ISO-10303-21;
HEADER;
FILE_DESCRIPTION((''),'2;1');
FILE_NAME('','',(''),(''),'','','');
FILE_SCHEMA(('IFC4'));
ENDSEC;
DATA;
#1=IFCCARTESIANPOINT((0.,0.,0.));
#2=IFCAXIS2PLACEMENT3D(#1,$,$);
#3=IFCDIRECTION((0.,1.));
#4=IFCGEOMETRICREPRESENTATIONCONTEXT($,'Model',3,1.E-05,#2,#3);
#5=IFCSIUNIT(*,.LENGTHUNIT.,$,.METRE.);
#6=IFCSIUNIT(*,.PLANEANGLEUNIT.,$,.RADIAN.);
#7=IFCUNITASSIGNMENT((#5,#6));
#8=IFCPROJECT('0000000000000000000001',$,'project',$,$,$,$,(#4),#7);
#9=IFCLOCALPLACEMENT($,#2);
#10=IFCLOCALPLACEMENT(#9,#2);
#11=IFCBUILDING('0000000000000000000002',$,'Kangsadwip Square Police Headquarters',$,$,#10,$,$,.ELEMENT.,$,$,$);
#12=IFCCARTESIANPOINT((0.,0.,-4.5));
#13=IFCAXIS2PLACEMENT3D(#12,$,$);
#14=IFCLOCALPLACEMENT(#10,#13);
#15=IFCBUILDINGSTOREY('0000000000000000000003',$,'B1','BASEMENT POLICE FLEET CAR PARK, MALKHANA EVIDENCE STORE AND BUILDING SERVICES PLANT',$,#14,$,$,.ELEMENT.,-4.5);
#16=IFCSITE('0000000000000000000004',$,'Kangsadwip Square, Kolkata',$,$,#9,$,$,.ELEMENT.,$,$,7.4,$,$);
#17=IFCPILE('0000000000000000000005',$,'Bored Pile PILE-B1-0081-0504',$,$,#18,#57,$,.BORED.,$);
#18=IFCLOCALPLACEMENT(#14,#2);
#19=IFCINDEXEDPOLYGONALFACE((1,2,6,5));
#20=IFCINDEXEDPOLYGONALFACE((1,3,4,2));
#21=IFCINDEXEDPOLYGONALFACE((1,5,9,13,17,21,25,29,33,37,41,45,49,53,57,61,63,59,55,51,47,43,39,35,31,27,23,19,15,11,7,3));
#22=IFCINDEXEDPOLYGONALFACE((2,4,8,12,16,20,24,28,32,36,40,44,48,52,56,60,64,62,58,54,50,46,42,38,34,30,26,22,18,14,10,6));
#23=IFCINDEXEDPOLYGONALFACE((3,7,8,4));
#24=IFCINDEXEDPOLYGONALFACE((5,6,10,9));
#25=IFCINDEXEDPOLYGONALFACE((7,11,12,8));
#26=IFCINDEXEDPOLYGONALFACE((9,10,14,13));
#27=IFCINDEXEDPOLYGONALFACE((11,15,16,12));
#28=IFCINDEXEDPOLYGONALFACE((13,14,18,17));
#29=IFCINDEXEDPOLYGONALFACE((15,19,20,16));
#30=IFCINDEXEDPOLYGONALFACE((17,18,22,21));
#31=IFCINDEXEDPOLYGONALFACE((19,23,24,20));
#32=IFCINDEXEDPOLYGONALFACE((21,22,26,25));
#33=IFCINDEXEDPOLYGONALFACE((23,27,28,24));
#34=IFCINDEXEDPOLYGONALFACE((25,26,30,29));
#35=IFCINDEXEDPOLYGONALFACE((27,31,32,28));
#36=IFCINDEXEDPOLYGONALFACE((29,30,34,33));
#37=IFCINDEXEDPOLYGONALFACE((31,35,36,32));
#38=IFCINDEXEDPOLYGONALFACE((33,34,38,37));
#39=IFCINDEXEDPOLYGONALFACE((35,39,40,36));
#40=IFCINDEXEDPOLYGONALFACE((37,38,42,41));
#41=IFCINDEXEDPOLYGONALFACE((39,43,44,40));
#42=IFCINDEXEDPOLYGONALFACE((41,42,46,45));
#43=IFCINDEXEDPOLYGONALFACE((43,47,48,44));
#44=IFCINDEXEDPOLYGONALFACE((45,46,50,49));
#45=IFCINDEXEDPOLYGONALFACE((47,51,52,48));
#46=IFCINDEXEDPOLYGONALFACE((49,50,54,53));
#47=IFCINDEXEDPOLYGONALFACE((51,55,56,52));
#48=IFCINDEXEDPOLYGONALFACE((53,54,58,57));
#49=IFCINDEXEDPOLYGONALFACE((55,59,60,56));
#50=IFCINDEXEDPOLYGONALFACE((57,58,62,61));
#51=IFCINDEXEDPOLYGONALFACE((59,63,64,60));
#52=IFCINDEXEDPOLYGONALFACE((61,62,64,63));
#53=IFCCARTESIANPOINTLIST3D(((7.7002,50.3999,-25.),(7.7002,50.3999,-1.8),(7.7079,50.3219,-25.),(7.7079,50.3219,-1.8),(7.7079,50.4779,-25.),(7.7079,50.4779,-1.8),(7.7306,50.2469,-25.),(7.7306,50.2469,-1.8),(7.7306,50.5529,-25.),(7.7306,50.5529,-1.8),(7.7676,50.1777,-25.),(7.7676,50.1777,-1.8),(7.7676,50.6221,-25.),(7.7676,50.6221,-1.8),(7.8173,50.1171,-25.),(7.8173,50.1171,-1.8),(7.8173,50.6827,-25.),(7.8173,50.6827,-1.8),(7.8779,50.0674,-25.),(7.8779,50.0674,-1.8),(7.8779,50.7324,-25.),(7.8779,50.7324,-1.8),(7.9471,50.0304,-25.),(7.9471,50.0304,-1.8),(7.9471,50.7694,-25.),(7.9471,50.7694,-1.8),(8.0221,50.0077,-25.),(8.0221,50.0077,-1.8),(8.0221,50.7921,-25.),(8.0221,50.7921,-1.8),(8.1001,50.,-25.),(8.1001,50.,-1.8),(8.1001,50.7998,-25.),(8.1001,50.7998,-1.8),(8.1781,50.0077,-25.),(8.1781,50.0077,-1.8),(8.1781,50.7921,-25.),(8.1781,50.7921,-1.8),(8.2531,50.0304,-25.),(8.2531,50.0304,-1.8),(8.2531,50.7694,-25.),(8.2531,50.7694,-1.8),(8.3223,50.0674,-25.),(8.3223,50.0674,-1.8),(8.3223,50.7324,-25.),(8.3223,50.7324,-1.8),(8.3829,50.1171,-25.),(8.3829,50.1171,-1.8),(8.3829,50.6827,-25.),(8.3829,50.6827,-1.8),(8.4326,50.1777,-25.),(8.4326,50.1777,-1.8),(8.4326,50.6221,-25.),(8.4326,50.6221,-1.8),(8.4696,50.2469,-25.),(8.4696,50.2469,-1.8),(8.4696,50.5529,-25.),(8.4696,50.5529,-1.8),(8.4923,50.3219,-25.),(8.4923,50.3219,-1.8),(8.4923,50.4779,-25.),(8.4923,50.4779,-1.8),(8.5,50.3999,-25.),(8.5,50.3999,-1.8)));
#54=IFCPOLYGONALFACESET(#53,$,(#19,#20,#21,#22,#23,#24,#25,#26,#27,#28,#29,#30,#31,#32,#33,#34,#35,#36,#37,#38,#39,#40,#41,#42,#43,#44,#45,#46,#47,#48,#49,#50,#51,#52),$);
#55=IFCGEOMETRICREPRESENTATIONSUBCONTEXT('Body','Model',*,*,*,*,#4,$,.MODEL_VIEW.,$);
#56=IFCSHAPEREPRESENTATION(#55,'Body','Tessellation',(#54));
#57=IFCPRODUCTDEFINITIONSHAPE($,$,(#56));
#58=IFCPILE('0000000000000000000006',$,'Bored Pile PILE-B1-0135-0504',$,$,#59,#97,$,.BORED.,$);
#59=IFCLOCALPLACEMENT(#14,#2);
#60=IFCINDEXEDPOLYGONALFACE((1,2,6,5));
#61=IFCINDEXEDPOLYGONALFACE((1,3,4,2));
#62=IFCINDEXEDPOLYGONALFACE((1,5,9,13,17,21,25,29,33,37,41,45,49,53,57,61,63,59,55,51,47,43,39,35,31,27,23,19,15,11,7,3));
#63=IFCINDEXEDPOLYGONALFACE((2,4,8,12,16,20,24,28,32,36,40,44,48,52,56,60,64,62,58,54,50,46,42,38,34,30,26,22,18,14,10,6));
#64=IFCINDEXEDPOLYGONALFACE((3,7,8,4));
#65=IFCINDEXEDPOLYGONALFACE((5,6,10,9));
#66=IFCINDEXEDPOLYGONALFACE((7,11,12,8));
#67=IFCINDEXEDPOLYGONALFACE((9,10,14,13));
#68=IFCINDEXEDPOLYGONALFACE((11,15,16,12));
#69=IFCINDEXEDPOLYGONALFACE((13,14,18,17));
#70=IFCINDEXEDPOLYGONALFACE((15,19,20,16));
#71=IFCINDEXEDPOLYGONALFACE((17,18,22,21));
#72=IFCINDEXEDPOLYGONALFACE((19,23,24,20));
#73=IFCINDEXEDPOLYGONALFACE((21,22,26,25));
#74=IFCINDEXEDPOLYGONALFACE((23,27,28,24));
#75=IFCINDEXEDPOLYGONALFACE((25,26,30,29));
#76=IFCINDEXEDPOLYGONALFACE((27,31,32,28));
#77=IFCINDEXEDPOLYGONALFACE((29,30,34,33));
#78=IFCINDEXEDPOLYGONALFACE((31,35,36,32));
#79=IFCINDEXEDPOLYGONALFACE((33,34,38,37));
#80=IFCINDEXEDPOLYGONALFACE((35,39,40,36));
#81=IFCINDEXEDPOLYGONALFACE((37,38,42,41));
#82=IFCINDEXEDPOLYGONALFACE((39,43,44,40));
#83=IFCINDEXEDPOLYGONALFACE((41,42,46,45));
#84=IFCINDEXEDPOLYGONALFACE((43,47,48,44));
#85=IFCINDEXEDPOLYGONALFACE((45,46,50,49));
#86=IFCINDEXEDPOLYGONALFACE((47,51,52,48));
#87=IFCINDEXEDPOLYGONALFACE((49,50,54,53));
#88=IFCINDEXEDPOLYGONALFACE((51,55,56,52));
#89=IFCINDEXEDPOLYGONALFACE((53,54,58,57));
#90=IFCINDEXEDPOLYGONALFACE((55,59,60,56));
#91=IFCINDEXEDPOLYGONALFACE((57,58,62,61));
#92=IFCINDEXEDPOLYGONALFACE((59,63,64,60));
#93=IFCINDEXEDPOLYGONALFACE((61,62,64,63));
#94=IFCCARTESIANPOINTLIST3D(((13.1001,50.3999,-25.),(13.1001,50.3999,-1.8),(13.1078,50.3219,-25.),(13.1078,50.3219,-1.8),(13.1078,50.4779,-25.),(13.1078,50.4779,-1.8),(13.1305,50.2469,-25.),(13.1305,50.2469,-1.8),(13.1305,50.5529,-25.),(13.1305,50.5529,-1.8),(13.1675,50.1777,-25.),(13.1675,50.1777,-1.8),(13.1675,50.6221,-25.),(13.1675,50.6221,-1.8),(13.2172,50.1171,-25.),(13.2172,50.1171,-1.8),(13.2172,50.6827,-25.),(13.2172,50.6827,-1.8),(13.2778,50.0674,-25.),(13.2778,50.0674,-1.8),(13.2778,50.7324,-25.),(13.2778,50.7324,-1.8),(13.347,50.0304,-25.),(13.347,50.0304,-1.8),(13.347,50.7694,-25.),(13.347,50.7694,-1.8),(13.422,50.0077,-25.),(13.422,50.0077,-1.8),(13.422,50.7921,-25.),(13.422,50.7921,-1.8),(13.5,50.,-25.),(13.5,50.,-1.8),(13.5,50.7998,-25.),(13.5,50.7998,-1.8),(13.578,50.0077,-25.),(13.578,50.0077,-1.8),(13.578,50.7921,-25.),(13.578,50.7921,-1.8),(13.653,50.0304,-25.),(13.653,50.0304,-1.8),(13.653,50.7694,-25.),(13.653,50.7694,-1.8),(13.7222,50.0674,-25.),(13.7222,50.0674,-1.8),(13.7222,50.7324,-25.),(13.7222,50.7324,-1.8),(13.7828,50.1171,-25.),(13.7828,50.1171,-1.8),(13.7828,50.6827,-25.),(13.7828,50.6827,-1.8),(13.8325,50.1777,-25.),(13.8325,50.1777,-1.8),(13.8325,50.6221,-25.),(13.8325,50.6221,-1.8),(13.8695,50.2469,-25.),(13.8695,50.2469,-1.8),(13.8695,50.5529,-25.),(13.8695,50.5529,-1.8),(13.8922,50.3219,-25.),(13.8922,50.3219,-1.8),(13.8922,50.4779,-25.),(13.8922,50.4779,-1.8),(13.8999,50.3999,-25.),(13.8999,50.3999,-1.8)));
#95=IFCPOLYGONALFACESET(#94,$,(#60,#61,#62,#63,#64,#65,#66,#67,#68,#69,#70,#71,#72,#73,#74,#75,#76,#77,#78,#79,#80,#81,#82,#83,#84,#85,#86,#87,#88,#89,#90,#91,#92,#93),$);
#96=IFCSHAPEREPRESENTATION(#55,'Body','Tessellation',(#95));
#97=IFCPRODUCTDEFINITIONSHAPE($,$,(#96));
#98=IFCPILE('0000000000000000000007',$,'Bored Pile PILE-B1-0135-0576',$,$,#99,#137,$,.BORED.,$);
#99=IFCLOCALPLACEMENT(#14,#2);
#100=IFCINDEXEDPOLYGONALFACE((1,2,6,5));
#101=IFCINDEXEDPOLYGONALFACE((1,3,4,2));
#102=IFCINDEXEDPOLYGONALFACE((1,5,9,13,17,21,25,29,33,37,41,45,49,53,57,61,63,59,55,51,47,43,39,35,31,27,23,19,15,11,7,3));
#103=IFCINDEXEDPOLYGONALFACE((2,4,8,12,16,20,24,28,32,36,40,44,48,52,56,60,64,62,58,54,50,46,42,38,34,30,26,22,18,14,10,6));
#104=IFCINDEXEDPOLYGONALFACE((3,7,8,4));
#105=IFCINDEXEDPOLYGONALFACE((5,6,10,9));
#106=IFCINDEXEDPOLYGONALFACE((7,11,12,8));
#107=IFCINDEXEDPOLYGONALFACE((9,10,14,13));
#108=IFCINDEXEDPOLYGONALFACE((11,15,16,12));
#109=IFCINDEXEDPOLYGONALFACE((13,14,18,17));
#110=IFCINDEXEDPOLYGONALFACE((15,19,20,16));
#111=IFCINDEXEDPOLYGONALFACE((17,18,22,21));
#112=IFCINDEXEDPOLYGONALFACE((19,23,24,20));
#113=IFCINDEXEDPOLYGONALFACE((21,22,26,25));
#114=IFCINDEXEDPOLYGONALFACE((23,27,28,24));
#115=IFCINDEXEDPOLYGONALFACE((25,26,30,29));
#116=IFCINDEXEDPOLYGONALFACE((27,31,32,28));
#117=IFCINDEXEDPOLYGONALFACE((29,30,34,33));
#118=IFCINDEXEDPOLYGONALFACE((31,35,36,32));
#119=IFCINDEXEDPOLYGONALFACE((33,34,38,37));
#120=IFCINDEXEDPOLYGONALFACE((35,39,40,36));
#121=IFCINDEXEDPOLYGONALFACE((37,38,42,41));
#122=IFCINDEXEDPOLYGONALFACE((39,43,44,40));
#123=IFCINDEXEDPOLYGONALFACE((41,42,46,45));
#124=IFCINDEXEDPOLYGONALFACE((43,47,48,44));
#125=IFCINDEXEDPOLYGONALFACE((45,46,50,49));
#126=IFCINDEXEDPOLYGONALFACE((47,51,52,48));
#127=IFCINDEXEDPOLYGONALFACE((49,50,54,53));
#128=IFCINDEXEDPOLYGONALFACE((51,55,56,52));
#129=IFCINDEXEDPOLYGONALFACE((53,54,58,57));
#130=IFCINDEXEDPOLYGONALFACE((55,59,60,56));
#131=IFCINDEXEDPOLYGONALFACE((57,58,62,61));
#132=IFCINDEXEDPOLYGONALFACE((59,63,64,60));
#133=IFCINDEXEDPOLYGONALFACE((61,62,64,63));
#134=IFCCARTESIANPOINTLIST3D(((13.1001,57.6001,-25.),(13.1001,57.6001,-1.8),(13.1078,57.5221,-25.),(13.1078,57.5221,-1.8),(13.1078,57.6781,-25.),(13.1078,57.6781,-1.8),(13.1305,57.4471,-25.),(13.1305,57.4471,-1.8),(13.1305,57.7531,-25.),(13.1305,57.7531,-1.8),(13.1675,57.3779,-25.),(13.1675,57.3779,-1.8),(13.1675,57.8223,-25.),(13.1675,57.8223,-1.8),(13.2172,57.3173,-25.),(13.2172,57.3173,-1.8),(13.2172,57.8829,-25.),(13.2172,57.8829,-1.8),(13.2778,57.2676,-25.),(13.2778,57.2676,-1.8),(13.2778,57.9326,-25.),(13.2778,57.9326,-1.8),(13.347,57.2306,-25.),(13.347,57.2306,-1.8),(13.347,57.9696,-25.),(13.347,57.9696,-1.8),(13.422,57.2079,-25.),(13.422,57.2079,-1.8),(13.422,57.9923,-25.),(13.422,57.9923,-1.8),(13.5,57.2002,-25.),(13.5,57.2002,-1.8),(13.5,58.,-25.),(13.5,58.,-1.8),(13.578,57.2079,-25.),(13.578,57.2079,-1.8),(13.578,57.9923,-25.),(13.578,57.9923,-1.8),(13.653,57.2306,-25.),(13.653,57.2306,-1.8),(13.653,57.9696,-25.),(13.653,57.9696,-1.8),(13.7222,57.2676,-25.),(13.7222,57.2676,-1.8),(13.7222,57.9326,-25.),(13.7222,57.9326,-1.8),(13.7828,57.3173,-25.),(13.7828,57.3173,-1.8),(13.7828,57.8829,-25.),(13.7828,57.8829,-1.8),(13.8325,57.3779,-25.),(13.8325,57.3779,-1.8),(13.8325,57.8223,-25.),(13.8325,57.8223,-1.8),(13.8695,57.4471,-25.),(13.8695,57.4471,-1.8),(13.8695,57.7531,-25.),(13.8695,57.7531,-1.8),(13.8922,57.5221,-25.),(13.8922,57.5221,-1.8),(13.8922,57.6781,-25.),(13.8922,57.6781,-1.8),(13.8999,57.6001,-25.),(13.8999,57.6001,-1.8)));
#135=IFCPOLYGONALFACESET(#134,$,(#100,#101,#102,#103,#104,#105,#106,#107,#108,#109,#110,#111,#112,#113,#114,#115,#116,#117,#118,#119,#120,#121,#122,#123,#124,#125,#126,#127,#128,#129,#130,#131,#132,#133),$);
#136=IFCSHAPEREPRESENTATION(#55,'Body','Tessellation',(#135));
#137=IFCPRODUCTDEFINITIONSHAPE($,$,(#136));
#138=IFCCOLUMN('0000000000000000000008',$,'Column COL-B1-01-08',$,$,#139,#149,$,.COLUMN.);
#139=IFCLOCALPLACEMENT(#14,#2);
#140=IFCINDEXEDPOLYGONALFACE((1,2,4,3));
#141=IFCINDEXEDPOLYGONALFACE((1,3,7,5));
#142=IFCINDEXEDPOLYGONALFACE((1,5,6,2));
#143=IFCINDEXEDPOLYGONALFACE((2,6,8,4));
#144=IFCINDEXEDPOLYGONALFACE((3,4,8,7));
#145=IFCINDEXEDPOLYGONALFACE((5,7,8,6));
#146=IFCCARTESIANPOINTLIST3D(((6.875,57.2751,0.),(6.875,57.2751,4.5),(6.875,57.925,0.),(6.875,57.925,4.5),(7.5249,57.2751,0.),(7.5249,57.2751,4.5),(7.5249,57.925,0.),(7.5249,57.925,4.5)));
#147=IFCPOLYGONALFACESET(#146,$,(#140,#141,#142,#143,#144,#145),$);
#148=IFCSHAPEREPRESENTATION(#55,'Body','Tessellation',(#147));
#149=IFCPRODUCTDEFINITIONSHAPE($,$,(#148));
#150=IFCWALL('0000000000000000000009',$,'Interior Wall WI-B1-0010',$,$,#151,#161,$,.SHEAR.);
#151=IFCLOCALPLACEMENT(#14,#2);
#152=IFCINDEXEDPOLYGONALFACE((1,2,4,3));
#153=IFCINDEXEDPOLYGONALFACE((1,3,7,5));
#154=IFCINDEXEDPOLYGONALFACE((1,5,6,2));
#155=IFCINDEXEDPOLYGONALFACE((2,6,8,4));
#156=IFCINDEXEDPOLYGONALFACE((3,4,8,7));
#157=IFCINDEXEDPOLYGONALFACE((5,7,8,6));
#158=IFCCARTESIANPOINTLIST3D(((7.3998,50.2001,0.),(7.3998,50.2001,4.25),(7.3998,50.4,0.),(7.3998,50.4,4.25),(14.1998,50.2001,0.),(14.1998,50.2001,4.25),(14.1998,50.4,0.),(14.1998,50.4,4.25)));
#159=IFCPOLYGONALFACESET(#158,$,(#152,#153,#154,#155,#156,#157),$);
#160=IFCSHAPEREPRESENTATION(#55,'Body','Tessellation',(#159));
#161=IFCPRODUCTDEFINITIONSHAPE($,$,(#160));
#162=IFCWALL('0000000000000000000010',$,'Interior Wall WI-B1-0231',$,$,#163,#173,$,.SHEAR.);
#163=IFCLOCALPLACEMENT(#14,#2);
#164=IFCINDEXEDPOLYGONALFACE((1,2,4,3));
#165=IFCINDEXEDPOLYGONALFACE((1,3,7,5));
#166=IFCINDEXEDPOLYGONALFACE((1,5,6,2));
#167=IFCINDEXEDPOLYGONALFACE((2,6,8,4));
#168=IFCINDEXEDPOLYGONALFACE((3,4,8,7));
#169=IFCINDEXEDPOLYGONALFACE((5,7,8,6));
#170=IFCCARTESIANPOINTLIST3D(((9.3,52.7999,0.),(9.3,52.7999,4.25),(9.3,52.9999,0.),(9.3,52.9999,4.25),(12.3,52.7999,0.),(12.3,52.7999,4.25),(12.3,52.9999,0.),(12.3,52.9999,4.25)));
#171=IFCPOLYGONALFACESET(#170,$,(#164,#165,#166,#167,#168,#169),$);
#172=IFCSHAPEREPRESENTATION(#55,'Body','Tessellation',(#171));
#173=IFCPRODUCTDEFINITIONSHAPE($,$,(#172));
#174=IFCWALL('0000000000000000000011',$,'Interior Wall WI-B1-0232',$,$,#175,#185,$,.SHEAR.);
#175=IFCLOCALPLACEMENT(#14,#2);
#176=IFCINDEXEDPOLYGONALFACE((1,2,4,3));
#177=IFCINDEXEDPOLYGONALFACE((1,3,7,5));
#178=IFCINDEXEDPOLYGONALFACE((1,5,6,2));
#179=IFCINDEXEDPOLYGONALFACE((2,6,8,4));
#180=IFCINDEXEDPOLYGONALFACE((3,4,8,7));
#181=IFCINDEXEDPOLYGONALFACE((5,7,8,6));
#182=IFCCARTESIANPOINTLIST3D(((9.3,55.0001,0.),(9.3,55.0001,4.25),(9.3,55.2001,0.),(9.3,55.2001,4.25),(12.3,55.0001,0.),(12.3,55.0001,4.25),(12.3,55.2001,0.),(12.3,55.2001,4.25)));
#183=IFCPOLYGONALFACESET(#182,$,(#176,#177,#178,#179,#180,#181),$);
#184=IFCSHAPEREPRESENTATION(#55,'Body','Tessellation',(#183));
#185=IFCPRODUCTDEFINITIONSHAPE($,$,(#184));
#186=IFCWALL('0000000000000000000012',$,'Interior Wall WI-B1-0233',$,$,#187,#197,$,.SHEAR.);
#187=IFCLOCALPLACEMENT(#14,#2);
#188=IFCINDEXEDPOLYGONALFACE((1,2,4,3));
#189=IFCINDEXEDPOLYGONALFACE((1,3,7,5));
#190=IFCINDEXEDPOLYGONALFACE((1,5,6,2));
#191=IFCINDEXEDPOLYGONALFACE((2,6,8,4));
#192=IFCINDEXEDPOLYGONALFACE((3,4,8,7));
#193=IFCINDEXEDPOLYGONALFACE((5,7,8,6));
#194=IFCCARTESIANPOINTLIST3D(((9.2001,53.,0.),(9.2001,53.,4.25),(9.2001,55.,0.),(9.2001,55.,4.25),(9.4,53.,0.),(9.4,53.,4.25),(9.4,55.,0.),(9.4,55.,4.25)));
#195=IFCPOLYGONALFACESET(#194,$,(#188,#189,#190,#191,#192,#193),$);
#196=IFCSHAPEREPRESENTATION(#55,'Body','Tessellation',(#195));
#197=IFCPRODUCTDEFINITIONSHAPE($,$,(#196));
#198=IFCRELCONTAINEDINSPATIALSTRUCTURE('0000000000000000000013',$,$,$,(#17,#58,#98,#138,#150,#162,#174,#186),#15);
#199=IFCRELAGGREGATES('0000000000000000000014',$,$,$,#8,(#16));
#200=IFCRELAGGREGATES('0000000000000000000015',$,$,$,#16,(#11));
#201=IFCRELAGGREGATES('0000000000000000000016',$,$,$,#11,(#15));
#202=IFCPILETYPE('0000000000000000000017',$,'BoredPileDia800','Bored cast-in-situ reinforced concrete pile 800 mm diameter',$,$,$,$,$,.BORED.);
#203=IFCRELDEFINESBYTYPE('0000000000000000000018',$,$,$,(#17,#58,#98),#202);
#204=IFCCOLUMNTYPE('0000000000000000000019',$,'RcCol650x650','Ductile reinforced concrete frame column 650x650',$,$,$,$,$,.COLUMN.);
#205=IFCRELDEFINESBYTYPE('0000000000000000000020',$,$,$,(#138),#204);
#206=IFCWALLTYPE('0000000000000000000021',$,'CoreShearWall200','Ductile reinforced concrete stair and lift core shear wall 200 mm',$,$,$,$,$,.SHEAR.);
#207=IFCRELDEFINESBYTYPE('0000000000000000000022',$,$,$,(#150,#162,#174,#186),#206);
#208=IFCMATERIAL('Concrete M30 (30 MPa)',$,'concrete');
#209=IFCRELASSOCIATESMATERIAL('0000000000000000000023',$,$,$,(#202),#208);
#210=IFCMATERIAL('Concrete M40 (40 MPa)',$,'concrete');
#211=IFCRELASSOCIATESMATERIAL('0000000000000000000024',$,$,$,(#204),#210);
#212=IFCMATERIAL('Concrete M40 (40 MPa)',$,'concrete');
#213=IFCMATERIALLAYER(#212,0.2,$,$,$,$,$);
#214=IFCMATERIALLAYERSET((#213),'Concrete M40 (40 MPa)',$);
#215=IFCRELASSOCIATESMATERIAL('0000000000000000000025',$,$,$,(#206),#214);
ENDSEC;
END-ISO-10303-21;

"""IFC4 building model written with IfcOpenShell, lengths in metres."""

from ifc_helpers import new_model, si_unit, direction, frame, frame_2d, origin, origin_2d, place, context, subcontext, project, spatial, rectangle, circle, extrude, material, layer, layer_set, material_profile, profile_set, type_object, element, save


model = new_model("IFC4")

# Units and contexts
model_context = context("Model", 3, precision=1e-05, world=origin(), true_north=direction((0.0, 1.0)))
body_context = subcontext(model_context, "Body", "Model", "MODEL_VIEW")
ifc_project = project(units=[si_unit("LENGTHUNIT", "METRE"), si_unit("PLANEANGLEUNIT", "RADIAN")], contexts=[model_context])

# Site, building, storey
site_placement = place(None, origin())
site = spatial("IfcSite", under=ifc_project, at=site_placement, Name="Kangsadwip Square, Kolkata", CompositionType="ELEMENT", RefElevation=7.4)
building_placement = place(site_placement, origin())
building = spatial("IfcBuilding", under=site, at=building_placement, Name="Kangsadwip Square Police Headquarters", CompositionType="ELEMENT")
storey_placement = place(building_placement, frame((0.0, 0.0, -4.5)))
storey = spatial("IfcBuildingStorey", under=building, at=storey_placement, Name="B1", Description="BASEMENT POLICE FLEET CAR PARK, MALKHANA EVIDENCE STORE AND BUILDING SERVICES PLANT", CompositionType="ELEMENT", Elevation=-4.5)

# Piles
ifc_material_1 = material(Name="Concrete M30 (30 MPa)", Category="concrete")
ifc_material_profile_1 = material_profile(ifc_material_1, circle(Radius=0.3999, at=origin_2d()), Name="PILE DIA 800")
ifc_profile_set_1 = profile_set([ifc_material_profile_1], Name="Concrete M30 (30 MPa)")
pile_type_1 = type_object("IfcPileType", Name="BoredPileDia800", Description="Bored cast-in-situ reinforced concrete pile 800 mm diameter", PredefinedType="BORED", material=ifc_profile_set_1)
for number, where, z_axis, x_axis, name in (
    (1, (8.1001, 50.3999, -1.8), (0.0, 0.0, -1.0), (1.0, 0.0, 0.0), "Bored Pile PILE-B1-0081-0504"),
    (2, (13.5, 50.3999, -1.8), (0.0, 0.0, -1.0), (1.0, 0.0, 0.0), "Bored Pile PILE-B1-0135-0504"),
    (3, (13.5, 57.6001, -1.8), (0.0, 0.0, -1.0), (1.0, 0.0, 0.0), "Bored Pile PILE-B1-0135-0576"),
):
    element("IfcPile", number, at=place(storey_placement, frame(where, z_axis=z_axis, x_axis=x_axis)), inside=storey, type_object=pile_type_1, Name=name, PredefinedType="BORED", context=body_context, shape_type="SweptSolid", body=[
        extrude(circle(Radius=0.3999, at=origin_2d()), origin(), (0.0, 0.0, 1.0), 23.2),
    ])

# Column
ifc_material_2 = material(Name="Concrete M40 (40 MPa)", Category="concrete")
ifc_material_profile_2 = material_profile(ifc_material_2, rectangle(XDim=0.6499, YDim=0.6499, at=origin_2d()), Name="RC COL 650X650")
ifc_profile_set_2 = profile_set([ifc_material_profile_2], Name="Concrete M40 (40 MPa)")
column_type = type_object("IfcColumnType", Name="RcCol650x650", Description="Ductile reinforced concrete frame column 650x650", PredefinedType="COLUMN", material=ifc_profile_set_2)
column_placement = place(storey_placement, frame((7.2, 57.6001, 0.0), z_axis=(0.0, 0.0, 1.0), x_axis=(1.0, 0.0, 0.0)))
element("IfcColumn", 4, at=column_placement, inside=storey, type_object=column_type, Name="Column COL-B1-01-08", PredefinedType="COLUMN", context=body_context, shape_type="SweptSolid", body=[
    extrude(rectangle(XDim=0.6499, YDim=0.6499, at=origin_2d()), origin(), (0.0, 0.0, 1.0), 4.5),
])

# Walls
ifc_material_3 = material(Name="Concrete M40 (40 MPa)", Category="concrete")
ifc_layer_1 = layer(ifc_material_3, 0.2)
ifc_layer_set_1 = layer_set([ifc_layer_1], Name="Concrete M40 (40 MPa)")
wall_type_1 = type_object("IfcWallType", Name="CoreShearWall200", Description="Ductile reinforced concrete stair and lift core shear wall 200 mm", PredefinedType="SHEAR", material=ifc_layer_set_1)
wall_1_placement = place(storey_placement, frame((7.3999, 50.3, 0.0), z_axis=(0.0, 0.0, 1.0), x_axis=(1.0, 0.0, 0.0)))
element("IfcWall", 5, at=wall_1_placement, inside=storey, type_object=wall_type_1, Name="Interior Wall WI-B1-0010", PredefinedType="SHEAR", context=body_context, shape_type="SweptSolid", body=[
    extrude(rectangle(XDim=6.8, YDim=0.2, at=frame_2d((3.3999, 0.0))), origin(), (0.0, 0.0, 1.0), 4.25),
])
for number, where, z_axis, x_axis, name in (
    (6, (9.3, 52.8999, 0.0), (0.0, 0.0, 1.0), (1.0, 0.0, 0.0), "Interior Wall WI-B1-0231"),
    (7, (9.3, 55.1001, 0.0), (0.0, 0.0, 1.0), (1.0, 0.0, 0.0), "Interior Wall WI-B1-0232"),
):
    element("IfcWall", number, at=place(storey_placement, frame(where, z_axis=z_axis, x_axis=x_axis)), inside=storey, type_object=wall_type_1, Name=name, PredefinedType="SHEAR", context=body_context, shape_type="SweptSolid", body=[
        extrude(rectangle(XDim=3.0, YDim=0.2, at=frame_2d((1.5, 0.0))), origin(), (0.0, 0.0, 1.0), 4.25),
    ])
wall_2_placement = place(storey_placement, frame((9.3, 53.0, 0.0), z_axis=(0.0, 0.0, 1.0), x_axis=(0.0, 1.0, 0.0)))
element("IfcWall", 8, at=wall_2_placement, inside=storey, type_object=wall_type_1, Name="Interior Wall WI-B1-0233", PredefinedType="SHEAR", context=body_context, shape_type="SweptSolid", body=[
    extrude(rectangle(XDim=2.0, YDim=0.2, at=frame_2d((1.0, 0.0))), origin(), (0.0, 0.0, 1.0), 4.25),
])

save(model, "model.ifc")
